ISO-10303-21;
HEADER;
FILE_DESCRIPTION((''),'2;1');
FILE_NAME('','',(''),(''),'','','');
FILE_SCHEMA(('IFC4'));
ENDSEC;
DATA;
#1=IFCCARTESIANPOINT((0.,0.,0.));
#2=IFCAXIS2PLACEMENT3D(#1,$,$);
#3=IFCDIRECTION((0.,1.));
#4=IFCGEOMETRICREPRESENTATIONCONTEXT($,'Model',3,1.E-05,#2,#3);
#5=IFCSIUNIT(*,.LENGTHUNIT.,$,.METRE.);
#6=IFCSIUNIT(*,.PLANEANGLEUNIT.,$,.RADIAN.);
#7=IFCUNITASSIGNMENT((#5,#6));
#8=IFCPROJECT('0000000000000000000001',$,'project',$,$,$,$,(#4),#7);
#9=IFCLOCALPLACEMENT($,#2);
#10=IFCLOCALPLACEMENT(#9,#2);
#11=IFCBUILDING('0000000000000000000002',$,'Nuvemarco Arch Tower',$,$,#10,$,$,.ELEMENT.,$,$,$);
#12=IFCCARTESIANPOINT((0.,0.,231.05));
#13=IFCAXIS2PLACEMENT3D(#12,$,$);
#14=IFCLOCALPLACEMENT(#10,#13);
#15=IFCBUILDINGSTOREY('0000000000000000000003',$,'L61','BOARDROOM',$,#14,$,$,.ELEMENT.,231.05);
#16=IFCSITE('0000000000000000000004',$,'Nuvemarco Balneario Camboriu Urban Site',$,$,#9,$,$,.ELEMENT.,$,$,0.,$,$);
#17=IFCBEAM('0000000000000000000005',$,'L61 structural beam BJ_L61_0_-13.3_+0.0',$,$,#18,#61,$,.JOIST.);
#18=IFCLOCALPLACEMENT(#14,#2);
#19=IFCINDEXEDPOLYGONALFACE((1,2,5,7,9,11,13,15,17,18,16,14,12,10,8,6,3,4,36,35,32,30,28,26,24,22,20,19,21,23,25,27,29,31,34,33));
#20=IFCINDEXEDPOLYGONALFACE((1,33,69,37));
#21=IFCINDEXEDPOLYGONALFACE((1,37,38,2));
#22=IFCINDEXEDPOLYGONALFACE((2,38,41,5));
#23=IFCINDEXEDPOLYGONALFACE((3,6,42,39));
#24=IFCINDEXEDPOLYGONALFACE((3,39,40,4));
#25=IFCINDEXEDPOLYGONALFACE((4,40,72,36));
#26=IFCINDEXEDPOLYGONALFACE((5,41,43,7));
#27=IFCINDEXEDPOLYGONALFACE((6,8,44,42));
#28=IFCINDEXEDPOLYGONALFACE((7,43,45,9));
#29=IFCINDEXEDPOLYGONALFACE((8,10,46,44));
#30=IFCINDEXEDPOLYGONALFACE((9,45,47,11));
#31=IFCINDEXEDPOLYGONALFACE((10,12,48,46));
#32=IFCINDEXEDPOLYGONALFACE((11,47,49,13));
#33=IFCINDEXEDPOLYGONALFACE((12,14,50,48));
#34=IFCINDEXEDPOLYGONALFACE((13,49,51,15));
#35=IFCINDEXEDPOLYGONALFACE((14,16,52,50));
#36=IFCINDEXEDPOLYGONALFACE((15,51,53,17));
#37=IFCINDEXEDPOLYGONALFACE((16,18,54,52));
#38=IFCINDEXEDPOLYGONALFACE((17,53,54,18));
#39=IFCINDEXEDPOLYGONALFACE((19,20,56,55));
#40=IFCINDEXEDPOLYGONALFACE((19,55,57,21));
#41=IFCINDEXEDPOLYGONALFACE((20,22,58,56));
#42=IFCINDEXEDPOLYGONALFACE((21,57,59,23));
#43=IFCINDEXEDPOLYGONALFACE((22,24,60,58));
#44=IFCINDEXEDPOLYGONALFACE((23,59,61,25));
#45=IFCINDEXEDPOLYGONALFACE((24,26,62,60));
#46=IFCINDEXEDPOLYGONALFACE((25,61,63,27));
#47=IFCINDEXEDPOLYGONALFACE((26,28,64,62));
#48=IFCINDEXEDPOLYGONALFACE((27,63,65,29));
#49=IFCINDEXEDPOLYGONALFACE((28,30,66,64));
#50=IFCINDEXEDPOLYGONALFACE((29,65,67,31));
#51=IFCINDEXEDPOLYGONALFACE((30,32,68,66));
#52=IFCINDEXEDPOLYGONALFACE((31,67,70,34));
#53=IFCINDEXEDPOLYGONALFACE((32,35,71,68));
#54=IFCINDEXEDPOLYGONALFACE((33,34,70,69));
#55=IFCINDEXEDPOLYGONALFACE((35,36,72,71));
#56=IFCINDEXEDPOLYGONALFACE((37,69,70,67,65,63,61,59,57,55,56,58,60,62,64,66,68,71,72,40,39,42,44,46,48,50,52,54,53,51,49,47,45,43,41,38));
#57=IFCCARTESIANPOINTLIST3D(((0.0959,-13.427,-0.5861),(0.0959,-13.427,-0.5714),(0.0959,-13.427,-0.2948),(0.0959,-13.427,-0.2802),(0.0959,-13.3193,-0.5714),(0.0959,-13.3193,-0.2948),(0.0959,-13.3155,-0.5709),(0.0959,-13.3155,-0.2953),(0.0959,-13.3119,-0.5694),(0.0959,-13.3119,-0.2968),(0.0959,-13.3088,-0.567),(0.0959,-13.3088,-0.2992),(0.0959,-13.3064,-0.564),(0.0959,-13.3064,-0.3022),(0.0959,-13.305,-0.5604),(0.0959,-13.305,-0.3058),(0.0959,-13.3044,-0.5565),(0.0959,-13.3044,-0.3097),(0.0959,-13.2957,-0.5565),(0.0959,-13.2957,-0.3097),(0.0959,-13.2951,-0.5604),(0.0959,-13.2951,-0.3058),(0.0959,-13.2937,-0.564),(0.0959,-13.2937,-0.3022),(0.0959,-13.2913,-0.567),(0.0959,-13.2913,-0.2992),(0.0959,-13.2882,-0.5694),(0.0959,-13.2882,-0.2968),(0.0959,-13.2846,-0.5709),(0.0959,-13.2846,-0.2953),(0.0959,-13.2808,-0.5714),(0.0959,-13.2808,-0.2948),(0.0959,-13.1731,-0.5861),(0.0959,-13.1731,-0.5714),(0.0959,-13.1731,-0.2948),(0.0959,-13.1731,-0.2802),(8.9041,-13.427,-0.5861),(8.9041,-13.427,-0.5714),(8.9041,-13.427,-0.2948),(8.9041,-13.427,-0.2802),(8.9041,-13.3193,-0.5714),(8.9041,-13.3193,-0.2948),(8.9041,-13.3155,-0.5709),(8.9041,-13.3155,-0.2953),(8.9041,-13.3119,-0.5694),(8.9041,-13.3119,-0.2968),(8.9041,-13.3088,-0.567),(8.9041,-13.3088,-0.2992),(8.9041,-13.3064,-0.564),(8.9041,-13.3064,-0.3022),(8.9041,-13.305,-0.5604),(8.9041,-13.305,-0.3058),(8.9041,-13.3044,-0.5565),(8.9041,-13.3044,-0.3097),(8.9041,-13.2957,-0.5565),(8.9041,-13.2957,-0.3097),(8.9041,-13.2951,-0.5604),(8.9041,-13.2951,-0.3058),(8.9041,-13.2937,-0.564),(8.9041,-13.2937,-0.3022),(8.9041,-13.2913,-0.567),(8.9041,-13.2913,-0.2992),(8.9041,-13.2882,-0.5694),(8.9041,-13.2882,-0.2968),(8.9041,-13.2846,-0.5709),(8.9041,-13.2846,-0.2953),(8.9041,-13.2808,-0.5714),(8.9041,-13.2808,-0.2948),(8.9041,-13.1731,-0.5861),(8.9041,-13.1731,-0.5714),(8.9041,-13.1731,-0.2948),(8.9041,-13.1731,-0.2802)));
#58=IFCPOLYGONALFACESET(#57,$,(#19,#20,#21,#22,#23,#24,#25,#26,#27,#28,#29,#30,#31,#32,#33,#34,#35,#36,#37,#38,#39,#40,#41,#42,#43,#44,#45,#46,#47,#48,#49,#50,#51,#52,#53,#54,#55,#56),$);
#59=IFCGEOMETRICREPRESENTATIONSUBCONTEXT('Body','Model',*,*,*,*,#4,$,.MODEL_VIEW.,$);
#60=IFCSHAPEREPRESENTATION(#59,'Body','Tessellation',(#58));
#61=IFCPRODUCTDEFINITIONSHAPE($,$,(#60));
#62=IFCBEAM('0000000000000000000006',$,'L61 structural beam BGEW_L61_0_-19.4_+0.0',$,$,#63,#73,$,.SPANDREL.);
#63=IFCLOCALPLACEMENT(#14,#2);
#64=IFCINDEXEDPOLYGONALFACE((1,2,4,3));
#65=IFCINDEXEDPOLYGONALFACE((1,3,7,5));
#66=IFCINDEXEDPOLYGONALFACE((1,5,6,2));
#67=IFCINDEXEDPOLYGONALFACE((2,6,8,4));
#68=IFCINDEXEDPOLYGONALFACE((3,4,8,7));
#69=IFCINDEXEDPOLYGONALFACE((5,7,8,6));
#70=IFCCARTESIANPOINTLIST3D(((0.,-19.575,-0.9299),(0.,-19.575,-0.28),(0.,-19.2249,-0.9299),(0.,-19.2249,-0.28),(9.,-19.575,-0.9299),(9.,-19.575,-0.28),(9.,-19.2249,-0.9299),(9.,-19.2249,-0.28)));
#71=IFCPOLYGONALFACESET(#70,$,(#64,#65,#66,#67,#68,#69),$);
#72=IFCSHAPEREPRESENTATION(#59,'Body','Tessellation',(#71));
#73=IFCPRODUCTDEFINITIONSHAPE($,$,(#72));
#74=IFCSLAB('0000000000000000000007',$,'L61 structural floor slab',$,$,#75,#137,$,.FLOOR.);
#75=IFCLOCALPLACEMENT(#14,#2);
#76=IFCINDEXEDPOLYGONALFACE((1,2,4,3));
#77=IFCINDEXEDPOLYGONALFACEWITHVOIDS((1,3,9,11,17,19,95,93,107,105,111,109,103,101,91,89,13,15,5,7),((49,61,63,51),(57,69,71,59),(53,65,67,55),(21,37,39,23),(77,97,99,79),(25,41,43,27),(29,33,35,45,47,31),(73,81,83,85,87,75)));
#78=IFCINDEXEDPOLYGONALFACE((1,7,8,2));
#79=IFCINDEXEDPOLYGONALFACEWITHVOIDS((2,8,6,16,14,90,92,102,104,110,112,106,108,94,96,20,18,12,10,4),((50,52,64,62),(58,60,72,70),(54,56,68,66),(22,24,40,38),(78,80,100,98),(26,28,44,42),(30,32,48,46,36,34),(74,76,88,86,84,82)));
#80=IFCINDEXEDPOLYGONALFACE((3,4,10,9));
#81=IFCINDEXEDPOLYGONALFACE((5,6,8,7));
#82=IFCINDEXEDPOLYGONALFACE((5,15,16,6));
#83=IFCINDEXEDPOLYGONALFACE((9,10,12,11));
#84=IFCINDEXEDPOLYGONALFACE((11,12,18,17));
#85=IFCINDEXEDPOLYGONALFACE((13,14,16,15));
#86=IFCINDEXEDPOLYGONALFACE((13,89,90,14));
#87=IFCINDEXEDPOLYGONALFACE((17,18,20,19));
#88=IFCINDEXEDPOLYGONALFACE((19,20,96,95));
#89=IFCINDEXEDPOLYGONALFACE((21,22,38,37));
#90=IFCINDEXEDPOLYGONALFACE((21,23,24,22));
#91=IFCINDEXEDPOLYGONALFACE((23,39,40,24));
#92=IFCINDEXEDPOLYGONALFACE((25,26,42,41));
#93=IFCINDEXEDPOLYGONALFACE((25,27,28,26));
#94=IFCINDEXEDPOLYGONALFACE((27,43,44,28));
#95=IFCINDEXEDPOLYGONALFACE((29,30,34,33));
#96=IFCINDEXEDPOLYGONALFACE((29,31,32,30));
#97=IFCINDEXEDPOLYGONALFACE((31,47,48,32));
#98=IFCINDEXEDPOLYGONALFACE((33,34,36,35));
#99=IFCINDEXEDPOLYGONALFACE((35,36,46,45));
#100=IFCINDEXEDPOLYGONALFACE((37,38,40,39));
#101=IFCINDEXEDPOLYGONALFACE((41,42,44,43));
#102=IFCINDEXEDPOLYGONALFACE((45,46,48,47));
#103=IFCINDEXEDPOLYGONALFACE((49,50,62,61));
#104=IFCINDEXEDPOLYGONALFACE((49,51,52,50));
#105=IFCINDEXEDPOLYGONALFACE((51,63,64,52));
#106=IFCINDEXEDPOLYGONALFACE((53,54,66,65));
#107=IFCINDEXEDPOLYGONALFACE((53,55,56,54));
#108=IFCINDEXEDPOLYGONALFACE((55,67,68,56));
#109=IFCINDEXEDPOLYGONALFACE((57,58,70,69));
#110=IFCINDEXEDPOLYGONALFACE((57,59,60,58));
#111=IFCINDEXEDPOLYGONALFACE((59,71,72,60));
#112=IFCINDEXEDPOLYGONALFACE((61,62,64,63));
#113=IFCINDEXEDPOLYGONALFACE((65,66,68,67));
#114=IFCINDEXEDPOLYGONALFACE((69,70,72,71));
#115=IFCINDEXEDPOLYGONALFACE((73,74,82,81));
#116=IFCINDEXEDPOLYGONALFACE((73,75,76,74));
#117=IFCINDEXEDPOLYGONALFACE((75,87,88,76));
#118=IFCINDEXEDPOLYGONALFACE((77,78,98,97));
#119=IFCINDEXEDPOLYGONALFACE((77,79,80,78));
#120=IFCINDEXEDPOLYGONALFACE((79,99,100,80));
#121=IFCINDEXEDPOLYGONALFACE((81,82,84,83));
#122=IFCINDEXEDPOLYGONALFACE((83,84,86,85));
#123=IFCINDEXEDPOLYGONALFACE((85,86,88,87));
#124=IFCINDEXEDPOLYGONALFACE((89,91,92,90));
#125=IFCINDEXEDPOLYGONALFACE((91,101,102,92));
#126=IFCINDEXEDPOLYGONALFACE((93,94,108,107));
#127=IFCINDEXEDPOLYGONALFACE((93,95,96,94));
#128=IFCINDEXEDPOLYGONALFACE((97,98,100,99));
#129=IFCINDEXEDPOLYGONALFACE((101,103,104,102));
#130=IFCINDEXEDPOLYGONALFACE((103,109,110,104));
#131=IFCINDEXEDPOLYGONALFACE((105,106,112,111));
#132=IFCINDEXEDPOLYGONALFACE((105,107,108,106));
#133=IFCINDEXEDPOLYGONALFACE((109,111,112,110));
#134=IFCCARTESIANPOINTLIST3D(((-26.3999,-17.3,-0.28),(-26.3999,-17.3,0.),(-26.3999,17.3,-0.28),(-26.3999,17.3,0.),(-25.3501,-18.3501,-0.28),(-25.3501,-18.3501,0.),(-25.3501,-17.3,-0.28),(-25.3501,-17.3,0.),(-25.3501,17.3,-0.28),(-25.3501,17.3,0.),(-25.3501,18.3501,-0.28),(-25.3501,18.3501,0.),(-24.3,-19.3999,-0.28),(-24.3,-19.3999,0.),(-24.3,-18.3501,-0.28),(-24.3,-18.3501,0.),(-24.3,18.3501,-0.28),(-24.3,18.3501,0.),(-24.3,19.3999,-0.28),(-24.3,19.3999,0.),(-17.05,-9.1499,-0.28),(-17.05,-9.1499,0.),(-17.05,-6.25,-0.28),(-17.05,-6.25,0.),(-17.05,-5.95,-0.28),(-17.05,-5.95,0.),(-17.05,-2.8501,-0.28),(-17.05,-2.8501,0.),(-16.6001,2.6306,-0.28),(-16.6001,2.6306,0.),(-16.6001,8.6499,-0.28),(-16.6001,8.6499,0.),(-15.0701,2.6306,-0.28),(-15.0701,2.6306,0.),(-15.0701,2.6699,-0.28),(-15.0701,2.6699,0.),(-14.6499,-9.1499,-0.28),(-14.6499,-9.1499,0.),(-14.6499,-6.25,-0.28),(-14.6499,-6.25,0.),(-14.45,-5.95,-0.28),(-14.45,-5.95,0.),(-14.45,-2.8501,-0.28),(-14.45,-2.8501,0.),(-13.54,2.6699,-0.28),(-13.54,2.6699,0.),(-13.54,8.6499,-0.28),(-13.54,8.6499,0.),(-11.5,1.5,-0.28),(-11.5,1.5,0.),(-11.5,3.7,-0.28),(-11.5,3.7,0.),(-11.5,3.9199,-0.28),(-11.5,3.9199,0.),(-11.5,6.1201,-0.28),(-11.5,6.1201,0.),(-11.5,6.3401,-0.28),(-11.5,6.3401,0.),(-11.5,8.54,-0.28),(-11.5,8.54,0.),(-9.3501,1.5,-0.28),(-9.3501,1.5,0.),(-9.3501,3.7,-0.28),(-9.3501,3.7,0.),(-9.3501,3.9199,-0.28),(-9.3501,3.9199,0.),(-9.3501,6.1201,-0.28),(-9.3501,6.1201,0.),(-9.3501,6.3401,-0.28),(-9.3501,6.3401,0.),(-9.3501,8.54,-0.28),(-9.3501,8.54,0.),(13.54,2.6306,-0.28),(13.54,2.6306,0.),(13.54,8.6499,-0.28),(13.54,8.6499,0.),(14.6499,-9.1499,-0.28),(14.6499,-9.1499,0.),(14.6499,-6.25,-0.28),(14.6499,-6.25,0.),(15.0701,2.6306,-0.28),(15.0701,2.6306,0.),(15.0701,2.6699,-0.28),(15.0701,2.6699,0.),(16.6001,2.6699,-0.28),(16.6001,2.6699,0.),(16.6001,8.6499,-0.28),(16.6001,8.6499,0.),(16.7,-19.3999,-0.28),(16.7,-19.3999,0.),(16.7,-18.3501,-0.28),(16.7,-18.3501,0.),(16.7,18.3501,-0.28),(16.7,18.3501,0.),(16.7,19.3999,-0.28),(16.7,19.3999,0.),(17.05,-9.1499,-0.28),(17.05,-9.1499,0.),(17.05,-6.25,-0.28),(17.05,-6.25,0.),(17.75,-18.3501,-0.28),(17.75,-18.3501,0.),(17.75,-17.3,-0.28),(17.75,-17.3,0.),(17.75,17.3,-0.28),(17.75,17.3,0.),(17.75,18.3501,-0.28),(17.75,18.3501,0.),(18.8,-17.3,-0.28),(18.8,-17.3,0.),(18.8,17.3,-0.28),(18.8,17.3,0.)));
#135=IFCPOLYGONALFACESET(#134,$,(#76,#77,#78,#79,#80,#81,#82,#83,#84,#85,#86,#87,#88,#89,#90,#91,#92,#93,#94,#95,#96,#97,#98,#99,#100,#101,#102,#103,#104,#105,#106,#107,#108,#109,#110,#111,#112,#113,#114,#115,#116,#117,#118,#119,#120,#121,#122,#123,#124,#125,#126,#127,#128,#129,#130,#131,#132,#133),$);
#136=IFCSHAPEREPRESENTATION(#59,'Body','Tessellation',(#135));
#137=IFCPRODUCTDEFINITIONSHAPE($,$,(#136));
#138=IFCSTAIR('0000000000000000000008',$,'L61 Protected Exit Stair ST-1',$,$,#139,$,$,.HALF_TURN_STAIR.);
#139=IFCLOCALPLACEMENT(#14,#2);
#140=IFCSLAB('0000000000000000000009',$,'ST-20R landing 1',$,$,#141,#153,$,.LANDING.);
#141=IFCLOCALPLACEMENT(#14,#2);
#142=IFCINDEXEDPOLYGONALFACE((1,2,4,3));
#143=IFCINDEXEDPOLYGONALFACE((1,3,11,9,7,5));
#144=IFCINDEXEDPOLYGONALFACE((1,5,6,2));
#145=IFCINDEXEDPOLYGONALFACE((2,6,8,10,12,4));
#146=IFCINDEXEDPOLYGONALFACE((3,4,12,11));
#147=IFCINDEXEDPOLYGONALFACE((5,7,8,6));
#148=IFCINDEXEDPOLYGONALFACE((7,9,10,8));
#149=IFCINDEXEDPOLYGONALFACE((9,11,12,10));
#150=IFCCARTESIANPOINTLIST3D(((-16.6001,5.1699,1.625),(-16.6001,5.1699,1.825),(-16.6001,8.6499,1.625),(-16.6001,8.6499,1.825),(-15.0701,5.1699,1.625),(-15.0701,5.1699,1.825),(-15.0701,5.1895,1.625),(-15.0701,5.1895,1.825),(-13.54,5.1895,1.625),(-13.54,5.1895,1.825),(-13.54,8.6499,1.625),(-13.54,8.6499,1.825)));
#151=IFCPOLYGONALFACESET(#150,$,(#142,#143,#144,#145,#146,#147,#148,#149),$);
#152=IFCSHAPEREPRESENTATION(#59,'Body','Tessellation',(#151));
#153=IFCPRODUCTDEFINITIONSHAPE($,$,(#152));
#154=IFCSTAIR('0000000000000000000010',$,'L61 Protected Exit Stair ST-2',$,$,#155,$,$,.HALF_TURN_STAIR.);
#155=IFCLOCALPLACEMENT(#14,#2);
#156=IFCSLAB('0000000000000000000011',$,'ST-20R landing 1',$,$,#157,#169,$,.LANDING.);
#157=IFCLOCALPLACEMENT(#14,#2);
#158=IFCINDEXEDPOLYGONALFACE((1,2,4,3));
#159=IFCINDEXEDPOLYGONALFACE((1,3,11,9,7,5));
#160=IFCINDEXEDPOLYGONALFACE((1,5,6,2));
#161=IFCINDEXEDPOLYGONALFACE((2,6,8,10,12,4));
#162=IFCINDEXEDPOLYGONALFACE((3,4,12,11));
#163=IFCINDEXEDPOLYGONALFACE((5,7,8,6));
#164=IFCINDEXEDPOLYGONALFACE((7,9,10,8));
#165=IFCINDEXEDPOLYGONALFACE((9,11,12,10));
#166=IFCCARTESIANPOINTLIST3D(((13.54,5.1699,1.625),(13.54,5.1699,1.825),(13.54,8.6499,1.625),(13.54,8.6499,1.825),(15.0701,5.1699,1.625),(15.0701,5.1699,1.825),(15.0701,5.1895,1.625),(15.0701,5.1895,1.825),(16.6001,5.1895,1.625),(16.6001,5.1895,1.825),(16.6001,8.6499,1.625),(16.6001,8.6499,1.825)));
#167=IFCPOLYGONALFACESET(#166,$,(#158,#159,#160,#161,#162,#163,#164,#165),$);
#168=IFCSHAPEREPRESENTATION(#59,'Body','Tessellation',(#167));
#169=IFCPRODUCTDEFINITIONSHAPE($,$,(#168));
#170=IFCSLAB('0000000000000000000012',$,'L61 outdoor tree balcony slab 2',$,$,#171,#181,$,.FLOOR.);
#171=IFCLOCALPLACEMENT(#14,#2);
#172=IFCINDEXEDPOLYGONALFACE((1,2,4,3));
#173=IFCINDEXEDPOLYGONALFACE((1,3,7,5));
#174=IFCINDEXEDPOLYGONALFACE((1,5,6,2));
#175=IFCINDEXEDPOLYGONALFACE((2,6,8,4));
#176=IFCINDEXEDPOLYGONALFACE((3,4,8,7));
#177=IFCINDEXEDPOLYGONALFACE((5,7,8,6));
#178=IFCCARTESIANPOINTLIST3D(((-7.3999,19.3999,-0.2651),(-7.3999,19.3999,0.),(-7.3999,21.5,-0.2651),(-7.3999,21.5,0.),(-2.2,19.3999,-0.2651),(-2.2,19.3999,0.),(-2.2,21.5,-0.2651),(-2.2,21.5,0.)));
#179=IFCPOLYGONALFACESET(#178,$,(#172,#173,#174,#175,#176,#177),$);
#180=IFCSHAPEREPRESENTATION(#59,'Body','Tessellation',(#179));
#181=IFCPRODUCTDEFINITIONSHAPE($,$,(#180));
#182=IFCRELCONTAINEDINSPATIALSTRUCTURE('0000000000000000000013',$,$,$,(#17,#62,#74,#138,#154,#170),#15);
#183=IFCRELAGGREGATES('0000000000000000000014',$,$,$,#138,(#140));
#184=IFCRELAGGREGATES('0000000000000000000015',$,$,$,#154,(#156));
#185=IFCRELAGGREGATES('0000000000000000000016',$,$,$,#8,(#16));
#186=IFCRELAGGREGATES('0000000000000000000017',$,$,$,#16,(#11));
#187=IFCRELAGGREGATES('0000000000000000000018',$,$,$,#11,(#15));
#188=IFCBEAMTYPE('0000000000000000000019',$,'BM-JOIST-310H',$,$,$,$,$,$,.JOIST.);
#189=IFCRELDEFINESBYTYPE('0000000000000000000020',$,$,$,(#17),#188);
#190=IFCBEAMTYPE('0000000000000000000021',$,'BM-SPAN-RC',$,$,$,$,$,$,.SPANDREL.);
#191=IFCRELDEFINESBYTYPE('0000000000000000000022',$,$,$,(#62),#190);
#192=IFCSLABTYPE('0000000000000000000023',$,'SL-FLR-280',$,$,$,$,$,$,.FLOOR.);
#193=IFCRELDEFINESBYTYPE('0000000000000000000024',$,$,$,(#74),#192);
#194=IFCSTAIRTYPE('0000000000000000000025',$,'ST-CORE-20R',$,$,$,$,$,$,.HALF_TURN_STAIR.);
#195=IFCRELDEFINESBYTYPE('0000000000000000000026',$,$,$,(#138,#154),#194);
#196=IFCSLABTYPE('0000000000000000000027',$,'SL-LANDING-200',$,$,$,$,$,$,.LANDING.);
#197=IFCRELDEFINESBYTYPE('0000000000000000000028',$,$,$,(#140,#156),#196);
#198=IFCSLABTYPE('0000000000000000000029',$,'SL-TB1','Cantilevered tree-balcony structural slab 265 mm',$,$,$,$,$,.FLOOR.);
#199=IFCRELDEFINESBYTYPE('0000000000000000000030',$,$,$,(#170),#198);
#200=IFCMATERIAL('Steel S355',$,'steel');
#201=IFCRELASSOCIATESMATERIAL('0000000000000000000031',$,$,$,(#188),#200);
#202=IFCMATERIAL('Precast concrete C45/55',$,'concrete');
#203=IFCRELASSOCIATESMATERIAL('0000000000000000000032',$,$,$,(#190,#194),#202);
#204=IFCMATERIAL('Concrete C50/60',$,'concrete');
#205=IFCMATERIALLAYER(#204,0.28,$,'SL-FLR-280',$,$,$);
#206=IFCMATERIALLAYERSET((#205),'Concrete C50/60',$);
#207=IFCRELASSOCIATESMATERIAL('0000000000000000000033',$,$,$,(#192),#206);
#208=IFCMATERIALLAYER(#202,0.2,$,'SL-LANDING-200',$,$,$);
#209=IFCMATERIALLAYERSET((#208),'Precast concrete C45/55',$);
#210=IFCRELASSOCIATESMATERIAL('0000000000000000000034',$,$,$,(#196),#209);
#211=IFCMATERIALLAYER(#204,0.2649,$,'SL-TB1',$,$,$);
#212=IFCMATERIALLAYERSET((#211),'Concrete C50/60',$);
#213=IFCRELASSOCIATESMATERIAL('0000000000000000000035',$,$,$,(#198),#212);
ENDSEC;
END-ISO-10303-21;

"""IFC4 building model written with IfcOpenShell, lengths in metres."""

from ifc_helpers import new_model, si_unit, direction, frame, origin, origin_2d, place, context, subcontext, project, spatial, polyline, rectangle, i_section, outline, extrude, material, layer, layer_set, material_profile, profile_set, type_object, element, aggregate, save


model = new_model("IFC4")

# Units and contexts
model_context = context("Model", 3, precision=1e-05, world=origin(), true_north=direction((0.0, 1.0)))
body_context = subcontext(model_context, "Body", "Model", "MODEL_VIEW")
ifc_project = project(units=[si_unit("LENGTHUNIT", "METRE"), si_unit("PLANEANGLEUNIT", "RADIAN")], contexts=[model_context])

# Site, building, storey
site_placement = place(None, origin())
site = spatial("IfcSite", under=ifc_project, at=site_placement, Name="Nuvemarco Balneario Camboriu Urban Site", CompositionType="ELEMENT", RefElevation=0.0)
building_placement = place(site_placement, origin())
building = spatial("IfcBuilding", under=site, at=building_placement, Name="Nuvemarco Arch Tower", CompositionType="ELEMENT")
storey_placement = place(building_placement, frame((0.0, 0.0, 231.05)))
storey = spatial("IfcBuildingStorey", under=building, at=storey_placement, Name="L61", Description="BOARDROOM", CompositionType="ELEMENT", Elevation=231.05)

# Shared definitions
ifc_material_1 = material(Name="Steel S355", Category="steel")

# Beams
ifc_material_profile_1 = material_profile(ifc_material_1, i_section(OverallWidth=0.2539, OverallDepth=0.3059, WebThickness=0.0088, FlangeThickness=0.0146, FilletRadius=0.0149, at=origin_2d()), Name="W310x79")
ifc_profile_set_1 = profile_set([ifc_material_profile_1], Name="Steel S355")
beam_type_1 = type_object("IfcBeamType", Name="BM-JOIST-310H", PredefinedType="JOIST", material=ifc_profile_set_1)
beam_1_placement = place(storey_placement, frame((0.0959, -13.3, -0.4331), z_axis=(1.0, 0.0, 0.0), x_axis=(0.0, 1.0, 0.0)))
element("IfcBeam", 1, at=beam_1_placement, inside=storey, type_object=beam_type_1, Name="L61 structural beam BJ_L61_0_-13.3_+0.0", PredefinedType="JOIST", context=body_context, shape_type="SweptSolid", body=[
    extrude(i_section(OverallWidth=0.2539, OverallDepth=0.3059, WebThickness=0.0088, FlangeThickness=0.0146, FilletRadius=0.0149, at=origin_2d()), origin(), (0.0, 0.0, 1.0), 8.8081),
])
ifc_material_2 = material(Name="Precast concrete C45/55", Category="concrete")
ifc_material_profile_2 = material_profile(ifc_material_2, rectangle(XDim=0.3501, YDim=0.6499, at=origin_2d()), Name="PC-SP-350x650")
ifc_profile_set_2 = profile_set([ifc_material_profile_2], Name="Precast concrete C45/55")
beam_type_2 = type_object("IfcBeamType", Name="BM-SPAN-RC", PredefinedType="SPANDREL", material=ifc_profile_set_2)
beam_2_placement = place(storey_placement, frame((0.0, -19.3999, -0.605), z_axis=(1.0, 0.0, 0.0), x_axis=(0.0, 1.0, 0.0)))
element("IfcBeam", 2, at=beam_2_placement, inside=storey, type_object=beam_type_2, Name="L61 structural beam BGEW_L61_0_-19.4_+0.0", PredefinedType="SPANDREL", context=body_context, shape_type="SweptSolid", body=[
    extrude(rectangle(XDim=0.3501, YDim=0.6499, at=origin_2d()), origin(), (0.0, 0.0, 1.0), 9.0),
])

# Slab
ifc_material_3 = material(Name="Concrete C50/60", Category="concrete")
ifc_layer_1 = layer(ifc_material_3, 0.28, Name="SL-FLR-280")
ifc_layer_set_1 = layer_set([ifc_layer_1], Name="Concrete C50/60")
slab_type_1 = type_object("IfcSlabType", Name="SL-FLR-280", PredefinedType="FLOOR", material=ifc_layer_set_1)
slab_1_placement = place(storey_placement, frame((0.0, 0.0, -0.28)))
element("IfcSlab", 3, at=slab_1_placement, inside=storey, type_object=slab_type_1, Name="L61 structural floor slab", PredefinedType="FLOOR", context=body_context, shape_type="SweptSolid", body=[
    extrude(outline(polyline([(-24.3, -19.3999), (16.7, -19.3999), (16.7, -18.3501), (17.75, -18.3501), (17.75, -17.3), (18.8, -17.3), (18.8, 17.3), (17.75, 17.3), (17.75, 18.3501), (16.7, 18.3501), (16.7, 19.3999), (-24.3, 19.3999), (-24.3, 18.3501), (-25.3501, 18.3501), (-25.3501, 17.3), (-26.3999, 17.3), (-26.3999, -17.3), (-25.3501, -17.3), (-25.3501, -18.3501), (-24.3, -18.3501), (-24.3, -19.3999)]), holes=[polyline([(-13.54, 2.6699), (-13.54, 8.6499), (-16.6001, 8.6499), (-16.6001, 2.6306), (-15.0701, 2.6306), (-15.0701, 2.6699), (-13.54, 2.6699)]), polyline([(16.6001, 2.6699), (16.6001, 8.6499), (13.54, 8.6499), (13.54, 2.6306), (15.0701, 2.6306), (15.0701, 2.6699), (16.6001, 2.6699)]), polyline([(-17.05, -9.1499), (-14.6499, -9.1499), (-14.6499, -6.25), (-17.05, -6.25), (-17.05, -9.1499)]), polyline([(-17.05, -5.95), (-14.45, -5.95), (-14.45, -2.8501), (-17.05, -2.8501), (-17.05, -5.95)]), polyline([(-11.5, 1.5), (-9.3501, 1.5), (-9.3501, 3.7), (-11.5, 3.7), (-11.5, 1.5)]), polyline([(-11.5, 3.9199), (-9.3501, 3.9199), (-9.3501, 6.1201), (-11.5, 6.1201), (-11.5, 3.9199)]), polyline([(-11.5, 6.3401), (-9.3501, 6.3401), (-9.3501, 8.54), (-11.5, 8.54), (-11.5, 6.3401)]), polyline([(14.6499, -9.1499), (17.05, -9.1499), (17.05, -6.25), (14.6499, -6.25), (14.6499, -9.1499)])]), origin(), (0.0, 0.0, 1.0), 0.28),
])

# Stairs, slabs
stair_type = type_object("IfcStairType", Name="ST-CORE-20R", PredefinedType="HALF_TURN_STAIR", material=ifc_material_2)
stair_1_placement = place(storey_placement, origin())
stair_1 = element("IfcStair", 4, at=stair_1_placement, inside=storey, type_object=stair_type, Name="L61 Protected Exit Stair ST-1", PredefinedType="HALF_TURN_STAIR")
ifc_layer_2 = layer(ifc_material_2, 0.2, Name="SL-LANDING-200")
ifc_layer_set_2 = layer_set([ifc_layer_2], Name="Precast concrete C45/55")
slab_type_2 = type_object("IfcSlabType", Name="SL-LANDING-200", PredefinedType="LANDING", material=ifc_layer_set_2)
slab_2_placement = place(storey_placement, frame((0.0, 0.0, 1.625)))
slab_2 = element("IfcSlab", 5, at=slab_2_placement, type_object=slab_type_2, Name="ST-20R landing 1", PredefinedType="LANDING", context=body_context, shape_type="SweptSolid", body=[
    extrude(outline(polyline([(-13.54, 5.1895), (-13.54, 8.6499), (-16.6001, 8.6499), (-16.6001, 5.1699), (-15.0701, 5.1699), (-15.0701, 5.1895), (-13.54, 5.1895)])), origin(), (0.0, 0.0, 1.0), 0.2),
])
aggregate(stair_1, [slab_2])
stair_2_placement = place(storey_placement, origin())
stair_2 = element("IfcStair", 6, at=stair_2_placement, inside=storey, type_object=stair_type, Name="L61 Protected Exit Stair ST-2", PredefinedType="HALF_TURN_STAIR")
slab_3_placement = place(storey_placement, frame((0.0, 0.0, 1.625)))
slab_3 = element("IfcSlab", 7, at=slab_3_placement, type_object=slab_type_2, Name="ST-20R landing 1", PredefinedType="LANDING", context=body_context, shape_type="SweptSolid", body=[
    extrude(outline(polyline([(16.6001, 5.1895), (16.6001, 8.6499), (13.54, 8.6499), (13.54, 5.1699), (15.0701, 5.1699), (15.0701, 5.1895), (16.6001, 5.1895)])), origin(), (0.0, 0.0, 1.0), 0.2),
])
aggregate(stair_2, [slab_3])

# Slab
ifc_layer_3 = layer(ifc_material_3, 0.2649, Name="SL-TB1")
ifc_layer_set_3 = layer_set([ifc_layer_3], Name="Concrete C50/60")
slab_type_3 = type_object("IfcSlabType", Name="SL-TB1", Description="Cantilevered tree-balcony structural slab 265 mm", PredefinedType="FLOOR", material=ifc_layer_set_3)
slab_4_placement = place(storey_placement, frame((0.0, 0.0, -0.2651)))
element("IfcSlab", 8, at=slab_4_placement, inside=storey, type_object=slab_type_3, Name="L61 outdoor tree balcony slab 2", PredefinedType="FLOOR", context=body_context, shape_type="SweptSolid", body=[
    extrude(outline(polyline([(-7.3999, 19.3999), (-2.2, 19.3999), (-2.2, 21.5), (-7.3999, 21.5), (-7.3999, 19.3999)])), origin(), (0.0, 0.0, 1.0), 0.2651),
])

save(model, "model.ifc")
